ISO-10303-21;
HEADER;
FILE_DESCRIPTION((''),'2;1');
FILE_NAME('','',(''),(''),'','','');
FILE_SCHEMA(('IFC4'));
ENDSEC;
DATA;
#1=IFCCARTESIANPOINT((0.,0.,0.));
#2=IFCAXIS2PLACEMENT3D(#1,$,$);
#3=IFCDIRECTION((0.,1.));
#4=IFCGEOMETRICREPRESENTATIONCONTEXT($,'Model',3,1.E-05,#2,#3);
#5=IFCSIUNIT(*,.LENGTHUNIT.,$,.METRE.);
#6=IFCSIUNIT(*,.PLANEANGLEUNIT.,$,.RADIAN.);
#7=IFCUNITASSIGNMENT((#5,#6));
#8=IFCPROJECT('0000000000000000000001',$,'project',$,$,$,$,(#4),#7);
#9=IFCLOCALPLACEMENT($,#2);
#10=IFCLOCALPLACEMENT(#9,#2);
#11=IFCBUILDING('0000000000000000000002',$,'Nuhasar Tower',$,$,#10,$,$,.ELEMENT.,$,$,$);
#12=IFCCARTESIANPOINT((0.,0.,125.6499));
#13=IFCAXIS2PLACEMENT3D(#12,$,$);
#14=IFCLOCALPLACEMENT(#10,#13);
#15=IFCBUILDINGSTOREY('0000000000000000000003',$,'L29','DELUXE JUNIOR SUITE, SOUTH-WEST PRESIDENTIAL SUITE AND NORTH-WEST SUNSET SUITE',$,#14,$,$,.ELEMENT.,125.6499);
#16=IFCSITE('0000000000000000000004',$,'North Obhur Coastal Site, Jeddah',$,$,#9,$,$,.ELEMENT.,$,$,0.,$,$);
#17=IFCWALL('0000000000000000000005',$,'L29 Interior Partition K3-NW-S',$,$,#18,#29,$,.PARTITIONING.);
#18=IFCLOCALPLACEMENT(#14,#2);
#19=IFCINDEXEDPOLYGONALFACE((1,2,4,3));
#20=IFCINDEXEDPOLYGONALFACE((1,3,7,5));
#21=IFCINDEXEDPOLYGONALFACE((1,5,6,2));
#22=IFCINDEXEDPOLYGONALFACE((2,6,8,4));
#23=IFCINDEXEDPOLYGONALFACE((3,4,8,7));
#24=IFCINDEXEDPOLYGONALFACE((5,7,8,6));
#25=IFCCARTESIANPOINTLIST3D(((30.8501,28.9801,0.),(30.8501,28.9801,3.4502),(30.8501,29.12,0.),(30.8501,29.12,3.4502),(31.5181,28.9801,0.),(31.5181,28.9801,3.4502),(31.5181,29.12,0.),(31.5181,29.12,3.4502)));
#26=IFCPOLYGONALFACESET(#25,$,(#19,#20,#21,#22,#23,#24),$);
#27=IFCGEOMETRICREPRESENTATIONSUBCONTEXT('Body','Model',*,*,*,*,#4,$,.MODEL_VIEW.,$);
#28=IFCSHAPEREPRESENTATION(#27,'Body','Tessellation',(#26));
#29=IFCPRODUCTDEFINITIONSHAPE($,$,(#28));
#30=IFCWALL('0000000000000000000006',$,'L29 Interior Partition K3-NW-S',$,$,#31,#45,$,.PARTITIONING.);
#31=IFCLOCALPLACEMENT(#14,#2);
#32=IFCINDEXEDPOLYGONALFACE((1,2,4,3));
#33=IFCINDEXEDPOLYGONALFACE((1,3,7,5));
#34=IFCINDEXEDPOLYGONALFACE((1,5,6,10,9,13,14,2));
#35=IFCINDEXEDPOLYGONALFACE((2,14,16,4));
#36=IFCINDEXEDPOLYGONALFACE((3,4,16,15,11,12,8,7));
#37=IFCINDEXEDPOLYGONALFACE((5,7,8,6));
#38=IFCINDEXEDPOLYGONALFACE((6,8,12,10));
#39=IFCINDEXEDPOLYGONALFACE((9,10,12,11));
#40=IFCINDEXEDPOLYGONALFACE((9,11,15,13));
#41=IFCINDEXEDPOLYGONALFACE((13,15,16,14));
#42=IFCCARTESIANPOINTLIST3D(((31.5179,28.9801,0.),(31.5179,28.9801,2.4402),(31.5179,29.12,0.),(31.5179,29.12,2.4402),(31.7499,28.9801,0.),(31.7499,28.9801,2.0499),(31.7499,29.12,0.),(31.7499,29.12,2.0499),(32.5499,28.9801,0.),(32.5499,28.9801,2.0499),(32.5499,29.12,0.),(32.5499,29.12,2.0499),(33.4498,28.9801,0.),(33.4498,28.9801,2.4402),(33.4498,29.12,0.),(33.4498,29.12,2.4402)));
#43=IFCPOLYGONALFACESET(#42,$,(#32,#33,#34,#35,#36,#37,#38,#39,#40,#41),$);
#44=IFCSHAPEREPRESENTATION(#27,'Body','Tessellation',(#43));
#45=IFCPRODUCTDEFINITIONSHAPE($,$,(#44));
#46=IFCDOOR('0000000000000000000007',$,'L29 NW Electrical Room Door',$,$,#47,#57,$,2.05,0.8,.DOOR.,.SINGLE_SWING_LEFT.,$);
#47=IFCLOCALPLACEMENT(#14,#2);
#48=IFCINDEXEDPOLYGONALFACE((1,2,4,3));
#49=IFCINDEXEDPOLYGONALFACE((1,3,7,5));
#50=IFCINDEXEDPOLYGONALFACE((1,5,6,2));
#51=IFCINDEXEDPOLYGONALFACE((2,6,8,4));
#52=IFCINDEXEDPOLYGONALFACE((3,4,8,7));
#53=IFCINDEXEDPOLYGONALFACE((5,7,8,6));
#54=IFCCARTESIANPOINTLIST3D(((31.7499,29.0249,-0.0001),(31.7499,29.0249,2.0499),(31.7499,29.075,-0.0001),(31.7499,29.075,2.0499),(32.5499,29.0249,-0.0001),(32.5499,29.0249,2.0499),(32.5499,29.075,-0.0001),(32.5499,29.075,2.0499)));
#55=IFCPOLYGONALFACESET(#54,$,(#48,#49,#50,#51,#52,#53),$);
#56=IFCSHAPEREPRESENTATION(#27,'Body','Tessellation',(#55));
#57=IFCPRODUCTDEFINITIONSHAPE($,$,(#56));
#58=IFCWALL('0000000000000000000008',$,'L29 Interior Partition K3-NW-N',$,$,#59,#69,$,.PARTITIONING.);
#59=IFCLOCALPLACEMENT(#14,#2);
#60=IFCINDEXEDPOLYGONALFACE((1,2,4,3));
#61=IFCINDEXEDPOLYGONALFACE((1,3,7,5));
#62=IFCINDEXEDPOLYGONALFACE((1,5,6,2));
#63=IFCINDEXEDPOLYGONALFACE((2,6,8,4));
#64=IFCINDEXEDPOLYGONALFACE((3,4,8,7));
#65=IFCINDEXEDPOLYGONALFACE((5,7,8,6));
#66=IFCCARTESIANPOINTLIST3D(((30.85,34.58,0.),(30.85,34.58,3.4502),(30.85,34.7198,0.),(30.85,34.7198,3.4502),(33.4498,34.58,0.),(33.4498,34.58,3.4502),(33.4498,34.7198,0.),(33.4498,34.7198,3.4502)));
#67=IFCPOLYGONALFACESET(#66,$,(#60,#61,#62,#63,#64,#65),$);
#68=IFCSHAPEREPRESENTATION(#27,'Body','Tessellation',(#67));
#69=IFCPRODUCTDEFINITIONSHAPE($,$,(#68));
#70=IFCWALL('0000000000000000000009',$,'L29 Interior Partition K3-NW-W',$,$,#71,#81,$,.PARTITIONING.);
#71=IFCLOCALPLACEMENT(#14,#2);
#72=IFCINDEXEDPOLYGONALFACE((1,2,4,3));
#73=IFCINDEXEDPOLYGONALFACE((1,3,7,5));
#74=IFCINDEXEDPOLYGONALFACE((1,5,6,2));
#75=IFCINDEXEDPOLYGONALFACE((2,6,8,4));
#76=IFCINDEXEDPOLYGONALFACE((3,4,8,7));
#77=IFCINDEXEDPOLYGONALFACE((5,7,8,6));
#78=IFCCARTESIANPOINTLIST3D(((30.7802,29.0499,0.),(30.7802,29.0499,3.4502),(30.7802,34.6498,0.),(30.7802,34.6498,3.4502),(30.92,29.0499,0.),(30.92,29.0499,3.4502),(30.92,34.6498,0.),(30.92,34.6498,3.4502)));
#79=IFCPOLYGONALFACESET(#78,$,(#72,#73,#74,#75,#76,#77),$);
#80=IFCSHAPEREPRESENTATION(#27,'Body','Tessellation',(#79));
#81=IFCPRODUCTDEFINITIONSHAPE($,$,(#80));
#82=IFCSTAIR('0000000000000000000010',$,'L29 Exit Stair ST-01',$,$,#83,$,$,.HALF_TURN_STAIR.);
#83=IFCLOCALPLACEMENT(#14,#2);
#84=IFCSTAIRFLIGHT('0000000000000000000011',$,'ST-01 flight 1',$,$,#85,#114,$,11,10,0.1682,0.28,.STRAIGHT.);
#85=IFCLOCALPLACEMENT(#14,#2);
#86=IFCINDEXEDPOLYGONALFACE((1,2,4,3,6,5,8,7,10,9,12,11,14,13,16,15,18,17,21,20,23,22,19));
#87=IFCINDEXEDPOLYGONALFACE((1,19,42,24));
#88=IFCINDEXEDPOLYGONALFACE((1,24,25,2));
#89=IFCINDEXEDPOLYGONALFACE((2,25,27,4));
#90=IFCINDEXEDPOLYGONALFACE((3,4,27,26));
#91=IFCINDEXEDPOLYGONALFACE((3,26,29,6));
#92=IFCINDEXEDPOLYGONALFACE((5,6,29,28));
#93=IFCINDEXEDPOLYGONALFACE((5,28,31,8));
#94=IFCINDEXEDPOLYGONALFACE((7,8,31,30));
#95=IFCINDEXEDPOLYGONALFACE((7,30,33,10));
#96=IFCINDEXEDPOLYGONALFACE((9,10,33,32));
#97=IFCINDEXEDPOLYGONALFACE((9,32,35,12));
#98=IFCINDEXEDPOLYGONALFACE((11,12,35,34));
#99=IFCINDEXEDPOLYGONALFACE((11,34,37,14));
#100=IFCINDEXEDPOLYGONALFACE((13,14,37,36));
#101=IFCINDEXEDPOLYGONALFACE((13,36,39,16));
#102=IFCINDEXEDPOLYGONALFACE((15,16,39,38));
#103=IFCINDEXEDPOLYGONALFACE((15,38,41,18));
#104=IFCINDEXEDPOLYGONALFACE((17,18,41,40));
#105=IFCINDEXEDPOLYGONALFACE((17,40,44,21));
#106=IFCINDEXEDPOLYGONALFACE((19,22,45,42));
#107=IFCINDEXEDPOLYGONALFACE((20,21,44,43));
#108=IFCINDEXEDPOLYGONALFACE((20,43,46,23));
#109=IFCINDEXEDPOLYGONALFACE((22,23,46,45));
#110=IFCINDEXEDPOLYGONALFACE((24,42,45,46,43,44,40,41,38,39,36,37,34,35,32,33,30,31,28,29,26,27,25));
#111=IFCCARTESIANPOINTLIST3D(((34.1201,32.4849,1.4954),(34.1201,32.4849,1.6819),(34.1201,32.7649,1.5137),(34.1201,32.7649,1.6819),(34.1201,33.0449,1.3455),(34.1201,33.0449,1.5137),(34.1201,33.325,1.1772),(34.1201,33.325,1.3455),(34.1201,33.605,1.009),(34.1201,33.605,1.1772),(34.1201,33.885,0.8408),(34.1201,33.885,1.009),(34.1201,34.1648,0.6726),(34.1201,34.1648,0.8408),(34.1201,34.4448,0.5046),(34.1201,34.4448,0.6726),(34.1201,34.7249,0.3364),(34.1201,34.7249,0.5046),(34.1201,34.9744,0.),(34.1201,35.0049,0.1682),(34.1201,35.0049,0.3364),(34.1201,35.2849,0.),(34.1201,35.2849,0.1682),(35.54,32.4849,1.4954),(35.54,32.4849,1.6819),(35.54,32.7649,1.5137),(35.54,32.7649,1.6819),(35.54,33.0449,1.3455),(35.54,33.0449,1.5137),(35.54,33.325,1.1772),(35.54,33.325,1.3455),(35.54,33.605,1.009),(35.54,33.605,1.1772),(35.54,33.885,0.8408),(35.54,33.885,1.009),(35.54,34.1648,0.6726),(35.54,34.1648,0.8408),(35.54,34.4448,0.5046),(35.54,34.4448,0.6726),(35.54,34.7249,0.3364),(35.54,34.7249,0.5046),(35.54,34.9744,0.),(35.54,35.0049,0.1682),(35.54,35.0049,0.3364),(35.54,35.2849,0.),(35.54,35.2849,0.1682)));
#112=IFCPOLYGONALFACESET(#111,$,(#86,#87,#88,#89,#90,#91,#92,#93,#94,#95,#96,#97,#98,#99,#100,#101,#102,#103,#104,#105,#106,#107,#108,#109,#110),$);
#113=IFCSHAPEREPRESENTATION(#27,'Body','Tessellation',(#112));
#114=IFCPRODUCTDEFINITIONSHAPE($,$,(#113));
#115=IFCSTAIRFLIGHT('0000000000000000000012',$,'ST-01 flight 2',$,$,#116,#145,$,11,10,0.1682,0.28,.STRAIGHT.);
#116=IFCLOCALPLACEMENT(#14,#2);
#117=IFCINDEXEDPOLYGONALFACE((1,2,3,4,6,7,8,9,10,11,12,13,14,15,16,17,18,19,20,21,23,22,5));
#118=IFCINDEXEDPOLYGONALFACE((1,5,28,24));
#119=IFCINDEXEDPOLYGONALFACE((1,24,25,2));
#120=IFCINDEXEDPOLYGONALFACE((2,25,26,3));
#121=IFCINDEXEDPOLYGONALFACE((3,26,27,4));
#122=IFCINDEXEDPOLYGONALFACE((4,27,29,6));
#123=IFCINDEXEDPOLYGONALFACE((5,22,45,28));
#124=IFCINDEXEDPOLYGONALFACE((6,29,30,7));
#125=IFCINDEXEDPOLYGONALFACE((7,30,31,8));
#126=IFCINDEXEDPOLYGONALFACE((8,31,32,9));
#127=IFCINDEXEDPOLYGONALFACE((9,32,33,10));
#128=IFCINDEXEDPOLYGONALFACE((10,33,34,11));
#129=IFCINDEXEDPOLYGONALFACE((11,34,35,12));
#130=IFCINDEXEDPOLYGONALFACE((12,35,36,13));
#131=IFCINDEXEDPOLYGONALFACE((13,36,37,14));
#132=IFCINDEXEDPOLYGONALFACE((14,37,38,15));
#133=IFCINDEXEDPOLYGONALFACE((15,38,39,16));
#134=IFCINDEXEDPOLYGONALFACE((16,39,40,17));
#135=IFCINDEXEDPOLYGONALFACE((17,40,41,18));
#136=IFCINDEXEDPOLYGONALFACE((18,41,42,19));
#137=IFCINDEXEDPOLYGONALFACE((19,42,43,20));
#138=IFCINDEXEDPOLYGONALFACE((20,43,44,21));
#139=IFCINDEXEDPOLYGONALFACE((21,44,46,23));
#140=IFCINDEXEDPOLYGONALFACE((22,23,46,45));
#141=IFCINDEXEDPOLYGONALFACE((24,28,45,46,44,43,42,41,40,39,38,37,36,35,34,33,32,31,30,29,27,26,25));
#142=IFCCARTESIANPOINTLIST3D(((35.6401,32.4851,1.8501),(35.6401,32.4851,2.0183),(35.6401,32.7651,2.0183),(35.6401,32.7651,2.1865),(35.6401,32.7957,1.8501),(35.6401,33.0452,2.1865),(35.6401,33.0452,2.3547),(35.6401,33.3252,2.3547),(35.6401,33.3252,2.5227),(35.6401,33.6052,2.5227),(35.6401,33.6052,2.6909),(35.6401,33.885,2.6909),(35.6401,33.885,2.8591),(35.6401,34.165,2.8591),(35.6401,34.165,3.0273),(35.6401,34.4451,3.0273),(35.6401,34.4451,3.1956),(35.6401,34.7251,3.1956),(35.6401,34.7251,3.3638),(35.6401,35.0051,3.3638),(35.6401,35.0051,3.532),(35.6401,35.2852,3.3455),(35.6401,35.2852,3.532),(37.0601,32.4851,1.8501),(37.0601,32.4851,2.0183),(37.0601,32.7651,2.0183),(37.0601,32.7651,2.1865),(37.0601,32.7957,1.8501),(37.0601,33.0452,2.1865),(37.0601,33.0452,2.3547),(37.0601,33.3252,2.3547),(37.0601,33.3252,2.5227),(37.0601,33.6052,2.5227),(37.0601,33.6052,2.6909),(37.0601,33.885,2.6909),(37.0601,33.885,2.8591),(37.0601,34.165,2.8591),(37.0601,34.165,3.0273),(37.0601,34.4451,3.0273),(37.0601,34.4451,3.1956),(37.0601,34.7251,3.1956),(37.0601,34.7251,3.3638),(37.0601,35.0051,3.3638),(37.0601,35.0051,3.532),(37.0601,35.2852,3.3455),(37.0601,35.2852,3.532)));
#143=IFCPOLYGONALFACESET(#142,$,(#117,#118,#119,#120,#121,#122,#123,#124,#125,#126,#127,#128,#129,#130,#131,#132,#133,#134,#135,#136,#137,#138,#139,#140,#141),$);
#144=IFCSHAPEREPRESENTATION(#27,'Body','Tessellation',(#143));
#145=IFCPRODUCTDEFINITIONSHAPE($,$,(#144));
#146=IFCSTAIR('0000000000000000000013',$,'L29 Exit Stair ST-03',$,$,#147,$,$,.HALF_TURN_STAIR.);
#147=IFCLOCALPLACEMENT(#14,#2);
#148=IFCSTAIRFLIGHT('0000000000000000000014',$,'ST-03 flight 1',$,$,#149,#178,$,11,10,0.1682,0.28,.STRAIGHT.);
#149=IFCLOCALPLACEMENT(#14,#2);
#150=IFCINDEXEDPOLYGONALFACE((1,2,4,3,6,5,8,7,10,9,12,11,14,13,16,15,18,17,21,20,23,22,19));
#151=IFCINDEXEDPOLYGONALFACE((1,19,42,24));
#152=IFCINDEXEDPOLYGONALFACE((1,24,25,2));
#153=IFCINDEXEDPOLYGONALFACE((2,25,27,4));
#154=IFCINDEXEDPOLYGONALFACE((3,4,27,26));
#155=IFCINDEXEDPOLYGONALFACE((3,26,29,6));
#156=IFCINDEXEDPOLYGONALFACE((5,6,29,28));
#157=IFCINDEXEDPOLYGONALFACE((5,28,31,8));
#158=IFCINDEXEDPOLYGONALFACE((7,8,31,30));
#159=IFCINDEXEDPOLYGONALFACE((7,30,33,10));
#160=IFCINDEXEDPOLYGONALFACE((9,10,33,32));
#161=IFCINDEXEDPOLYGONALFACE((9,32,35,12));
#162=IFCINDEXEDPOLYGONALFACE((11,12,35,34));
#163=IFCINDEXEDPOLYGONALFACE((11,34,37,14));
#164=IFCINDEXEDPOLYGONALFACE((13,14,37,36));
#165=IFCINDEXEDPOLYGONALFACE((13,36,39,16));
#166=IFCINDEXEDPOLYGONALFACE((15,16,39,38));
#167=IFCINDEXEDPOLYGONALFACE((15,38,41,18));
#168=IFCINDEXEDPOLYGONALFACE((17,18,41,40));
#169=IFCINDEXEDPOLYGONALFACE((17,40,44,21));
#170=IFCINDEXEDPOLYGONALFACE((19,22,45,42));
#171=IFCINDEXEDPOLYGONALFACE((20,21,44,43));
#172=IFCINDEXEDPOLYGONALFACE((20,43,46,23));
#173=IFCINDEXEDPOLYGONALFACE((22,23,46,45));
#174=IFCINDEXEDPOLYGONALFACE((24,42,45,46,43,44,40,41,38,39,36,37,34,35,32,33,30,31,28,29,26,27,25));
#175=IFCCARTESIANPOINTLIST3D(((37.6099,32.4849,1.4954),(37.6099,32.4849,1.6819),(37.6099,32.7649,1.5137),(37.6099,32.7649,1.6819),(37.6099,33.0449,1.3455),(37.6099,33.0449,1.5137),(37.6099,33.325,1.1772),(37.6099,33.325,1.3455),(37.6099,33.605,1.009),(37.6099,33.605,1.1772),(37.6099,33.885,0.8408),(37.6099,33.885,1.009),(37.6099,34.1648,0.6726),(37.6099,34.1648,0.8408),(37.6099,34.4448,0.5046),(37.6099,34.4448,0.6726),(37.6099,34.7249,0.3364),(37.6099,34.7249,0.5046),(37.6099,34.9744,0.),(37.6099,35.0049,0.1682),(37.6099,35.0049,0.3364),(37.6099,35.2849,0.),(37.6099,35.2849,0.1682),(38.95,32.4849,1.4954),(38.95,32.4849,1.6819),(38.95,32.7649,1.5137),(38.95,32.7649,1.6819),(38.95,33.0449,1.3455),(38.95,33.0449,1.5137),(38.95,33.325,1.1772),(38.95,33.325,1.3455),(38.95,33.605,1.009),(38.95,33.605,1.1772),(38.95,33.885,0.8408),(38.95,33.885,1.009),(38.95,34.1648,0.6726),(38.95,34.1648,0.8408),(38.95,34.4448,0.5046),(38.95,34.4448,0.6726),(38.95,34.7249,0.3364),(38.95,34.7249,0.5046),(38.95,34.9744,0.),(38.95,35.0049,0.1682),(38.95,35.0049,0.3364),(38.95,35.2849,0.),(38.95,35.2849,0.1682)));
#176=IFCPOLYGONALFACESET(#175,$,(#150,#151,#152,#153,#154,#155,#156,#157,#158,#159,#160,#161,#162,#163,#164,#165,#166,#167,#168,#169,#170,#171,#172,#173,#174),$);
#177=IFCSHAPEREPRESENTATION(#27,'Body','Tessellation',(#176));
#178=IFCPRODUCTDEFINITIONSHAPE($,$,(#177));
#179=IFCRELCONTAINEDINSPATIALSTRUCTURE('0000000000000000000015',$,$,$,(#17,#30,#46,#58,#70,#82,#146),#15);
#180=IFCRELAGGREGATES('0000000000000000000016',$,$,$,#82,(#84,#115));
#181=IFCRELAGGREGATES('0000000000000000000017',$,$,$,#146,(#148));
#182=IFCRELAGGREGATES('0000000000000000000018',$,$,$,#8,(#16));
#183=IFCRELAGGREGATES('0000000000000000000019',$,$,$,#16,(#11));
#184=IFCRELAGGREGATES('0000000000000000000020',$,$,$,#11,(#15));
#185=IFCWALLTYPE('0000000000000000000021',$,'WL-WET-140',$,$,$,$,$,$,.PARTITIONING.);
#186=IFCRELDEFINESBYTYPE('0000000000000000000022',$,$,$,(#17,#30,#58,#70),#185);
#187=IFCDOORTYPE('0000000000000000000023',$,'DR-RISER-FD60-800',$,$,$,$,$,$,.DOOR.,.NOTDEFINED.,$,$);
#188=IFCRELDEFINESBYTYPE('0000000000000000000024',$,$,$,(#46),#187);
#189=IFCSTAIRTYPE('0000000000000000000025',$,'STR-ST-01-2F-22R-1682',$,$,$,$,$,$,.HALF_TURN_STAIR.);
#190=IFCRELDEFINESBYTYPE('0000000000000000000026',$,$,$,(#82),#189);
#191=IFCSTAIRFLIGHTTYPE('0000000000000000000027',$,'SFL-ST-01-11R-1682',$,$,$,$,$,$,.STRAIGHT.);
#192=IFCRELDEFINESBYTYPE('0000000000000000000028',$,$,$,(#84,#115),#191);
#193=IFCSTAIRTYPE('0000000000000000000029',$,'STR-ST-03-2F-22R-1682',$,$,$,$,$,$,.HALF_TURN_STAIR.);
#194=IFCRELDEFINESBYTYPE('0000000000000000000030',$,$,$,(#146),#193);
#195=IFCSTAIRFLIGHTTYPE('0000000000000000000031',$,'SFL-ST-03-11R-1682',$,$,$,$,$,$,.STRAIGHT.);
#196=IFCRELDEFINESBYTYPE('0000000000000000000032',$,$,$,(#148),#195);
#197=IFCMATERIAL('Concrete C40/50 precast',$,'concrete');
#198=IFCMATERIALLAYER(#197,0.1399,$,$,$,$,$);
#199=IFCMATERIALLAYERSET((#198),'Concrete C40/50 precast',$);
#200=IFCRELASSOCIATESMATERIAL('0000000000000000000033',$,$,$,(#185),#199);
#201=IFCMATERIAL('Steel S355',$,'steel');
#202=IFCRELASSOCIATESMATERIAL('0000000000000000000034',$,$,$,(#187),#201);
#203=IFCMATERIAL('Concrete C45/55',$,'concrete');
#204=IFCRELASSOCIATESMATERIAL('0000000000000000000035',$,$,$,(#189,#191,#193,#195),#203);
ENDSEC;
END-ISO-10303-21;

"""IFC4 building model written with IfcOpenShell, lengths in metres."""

from ifc_helpers import new_model, si_unit, direction, frame, frame_2d, origin, place, context, subcontext, project, spatial, polyline, rectangle, outline, extrude, material, layer, layer_set, type_object, element, fill, aggregate, save


model = new_model("IFC4")

# Units and contexts
model_context = context("Model", 3, precision=1e-05, world=origin(), true_north=direction((0.0, 1.0)))
body_context = subcontext(model_context, "Body", "Model", "MODEL_VIEW")
ifc_project = project(units=[si_unit("LENGTHUNIT", "METRE"), si_unit("PLANEANGLEUNIT", "RADIAN")], contexts=[model_context])

# Site, building, storey
site_placement = place(None, origin())
site = spatial("IfcSite", under=ifc_project, at=site_placement, Name="North Obhur Coastal Site, Jeddah", CompositionType="ELEMENT", RefElevation=0.0)
building_placement = place(site_placement, origin())
building = spatial("IfcBuilding", under=site, at=building_placement, Name="Nuhasar Tower", CompositionType="ELEMENT")
storey_placement = place(building_placement, frame((0.0, 0.0, 125.6499)))
storey = spatial("IfcBuildingStorey", under=building, at=storey_placement, Name="L29", Description="DELUXE JUNIOR SUITE, SOUTH-WEST PRESIDENTIAL SUITE AND NORTH-WEST SUNSET SUITE", CompositionType="ELEMENT", Elevation=125.6499)

# Shared definitions
ifc_material_1 = material(Name="Steel S355", Category="steel")

# Shared definitions
ifc_material_2 = material(Name="Concrete C40/50 precast", Category="concrete")
ifc_layer_1 = layer(ifc_material_2, 0.1399)
ifc_layer_set_1 = layer_set([ifc_layer_1], Name="Concrete C40/50 precast")
wall_type_1 = type_object("IfcWallType", Name="WL-WET-140", PredefinedType="PARTITIONING", material=ifc_layer_set_1)

# Wall
wall_1_placement = place(storey_placement, frame((30.8501, 29.05, 0.0), z_axis=(0.0, 0.0, 1.0), x_axis=(1.0, 0.0, 0.0)))
element("IfcWall", 1, at=wall_1_placement, inside=storey, type_object=wall_type_1, Name="L29 Interior Partition K3-NW-S", PredefinedType="PARTITIONING", context=body_context, shape_type="SweptSolid", body=[
    extrude(rectangle(XDim=0.668, YDim=0.1399, at=frame_2d((0.334, 0.0))), origin(), (0.0, 0.0, 1.0), 3.4502),
])

# Wall, opening, door
wall_2_placement = place(storey_placement, frame((31.5181, 29.05, 0.0), z_axis=(0.0, 0.0, 1.0), x_axis=(1.0, 0.0, 0.0)))
wall_2 = element("IfcWall", 2, at=wall_2_placement, inside=storey, type_object=wall_type_1, Name="L29 Interior Partition K3-NW-S", PredefinedType="PARTITIONING", context=body_context, shape_type="SweptSolid", body=[
    extrude(rectangle(XDim=1.9319, YDim=0.1399, at=frame_2d((0.9658, 0.0))), origin(), (0.0, 0.0, 1.0), 2.4402),
])
opening_1_placement = place(wall_2_placement, frame((0.2319, 0.0, 0.0)))
opening_1 = element("IfcOpeningElement", 3, at=opening_1_placement, cuts=wall_2, PredefinedType="OPENING", context=body_context, shape_type="SweptSolid", body=[
    extrude(rectangle(XDim=0.8, YDim=2.05, at=frame_2d((0.3999, 1.0249))), frame((0.0, 0.0801, 0.0), z_axis=(0.0, -1.0, 0.0), x_axis=(1.0, 0.0, 0.0)), (0.0, 0.0, 1.0), 0.1599),
])
door_type_1 = type_object("IfcDoorType", Name="DR-RISER-FD60-800", OperationType="NOTDEFINED", PredefinedType="DOOR", material=ifc_material_1)
door_1_placement = place(opening_1_placement, origin())
door_1 = element("IfcDoor", 4, at=door_1_placement, inside=storey, type_object=door_type_1, Name="L29 NW Electrical Room Door", OperationType="SINGLE_SWING_LEFT", OverallHeight=2.05, OverallWidth=0.8, PredefinedType="DOOR", context=body_context, shape_type="SweptSolid", body=[
    extrude(rectangle(XDim=0.8, YDim=2.05, at=frame_2d((0.3999, 1.0249))), frame((0.0, 0.0249, 0.0), z_axis=(0.0, -1.0, 0.0), x_axis=(1.0, 0.0, 0.0)), (0.0, 0.0, 1.0), 0.05),
])
fill(opening_1, door_1)

# Walls
wall_3_placement = place(storey_placement, frame((30.8501, 34.6499, 0.0), z_axis=(0.0, 0.0, 1.0), x_axis=(1.0, 0.0, 0.0)))
element("IfcWall", 5, at=wall_3_placement, inside=storey, type_object=wall_type_1, Name="L29 Interior Partition K3-NW-N", PredefinedType="PARTITIONING", context=body_context, shape_type="SweptSolid", body=[
    extrude(rectangle(XDim=2.5999, YDim=0.1399, at=frame_2d((1.2998, 0.0))), origin(), (0.0, 0.0, 1.0), 3.4502),
])
wall_4_placement = place(storey_placement, frame((30.8501, 29.05, 0.0), z_axis=(0.0, 0.0, 1.0), x_axis=(0.0, 1.0, 0.0)))
element("IfcWall", 6, at=wall_4_placement, inside=storey, type_object=wall_type_1, Name="L29 Interior Partition K3-NW-W", PredefinedType="PARTITIONING", context=body_context, shape_type="SweptSolid", body=[
    extrude(rectangle(XDim=5.5999, YDim=0.1399, at=frame_2d((2.7998, 0.0))), origin(), (0.0, 0.0, 1.0), 3.4502),
])

# Stair, stair flights
ifc_material_3 = material(Name="Concrete C45/55", Category="concrete")
stair_type_1 = type_object("IfcStairType", Name="STR-ST-01-2F-22R-1682", PredefinedType="HALF_TURN_STAIR", material=ifc_material_3)
stair_1_placement = place(storey_placement, origin())
stair_1 = element("IfcStair", 7, at=stair_1_placement, inside=storey, type_object=stair_type_1, Name="L29 Exit Stair ST-01", PredefinedType="HALF_TURN_STAIR")
stair_flight_type_1 = type_object("IfcStairFlightType", Name="SFL-ST-01-11R-1682", PredefinedType="STRAIGHT", material=ifc_material_3)
stair_flight_1_placement = place(storey_placement, frame((34.8301, 35.2849, 0.0), z_axis=(0.0, 0.0, 1.0), x_axis=(0.0, -1.0, 0.0)))
stair_flight_1 = element("IfcStairFlight", 8, at=stair_flight_1_placement, type_object=stair_flight_type_1, Name="ST-01 flight 1", NumberOfRisers=11, NumberOfTreads=10, PredefinedType="STRAIGHT", RiserHeight=0.1682, TreadLength=0.28, context=body_context, shape_type="SweptSolid", body=[
    extrude(outline(polyline([(0.0, 0.0), (0.0, 0.1682), (0.28, 0.1682), (0.28, 0.3364), (0.5601, 0.3364), (0.5601, 0.5046), (0.8401, 0.5046), (0.8401, 0.6726), (1.1201, 0.6726), (1.1201, 0.8408), (1.3999, 0.8408), (1.3999, 1.009), (1.6799, 1.009), (1.6799, 1.1772), (1.96, 1.1772), (1.96, 1.3455), (2.24, 1.3455), (2.24, 1.5137), (2.52, 1.5137), (2.52, 1.6819), (2.8, 1.6819), (2.8, 1.8501), (2.8, 1.4954), (0.3105, 0.0), (0.0, 0.0)])), frame((0.0, 0.71, 0.0), z_axis=(0.0, -1.0, 0.0), x_axis=(1.0, 0.0, 0.0)), (0.0, 0.0, 1.0), 1.4199),
])
stair_flight_2_placement = place(storey_placement, frame((36.3501, 32.4851, 1.8501), z_axis=(0.0, 0.0, 1.0), x_axis=(0.0, 1.0, 0.0)))
stair_flight_2 = element("IfcStairFlight", 9, at=stair_flight_2_placement, type_object=stair_flight_type_1, Name="ST-01 flight 2", NumberOfRisers=11, NumberOfTreads=10, PredefinedType="STRAIGHT", RiserHeight=0.1682, TreadLength=0.28, context=body_context, shape_type="SweptSolid", body=[
    extrude(outline(polyline([(0.0, 0.0), (0.0, 0.1682), (0.28, 0.1682), (0.28, 0.3364), (0.5601, 0.3364), (0.5601, 0.5046), (0.8401, 0.5046), (0.8401, 0.6726), (1.1201, 0.6726), (1.1201, 0.8408), (1.3999, 0.8408), (1.3999, 1.009), (1.6799, 1.009), (1.6799, 1.1772), (1.96, 1.1772), (1.96, 1.3455), (2.24, 1.3455), (2.24, 1.5137), (2.52, 1.5137), (2.52, 1.6819), (2.8, 1.6819), (2.8, 1.8501), (2.8, 1.4954), (0.3105, 0.0), (0.0, 0.0)])), frame((0.0, 0.71, 0.0), z_axis=(0.0, -1.0, 0.0), x_axis=(1.0, 0.0, 0.0)), (0.0, 0.0, 1.0), 1.4199),
])
aggregate(stair_1, [stair_flight_1, stair_flight_2])

# Stair, stair flight
stair_type_2 = type_object("IfcStairType", Name="STR-ST-03-2F-22R-1682", PredefinedType="HALF_TURN_STAIR", material=ifc_material_3)
stair_2_placement = place(storey_placement, origin())
stair_2 = element("IfcStair", 10, at=stair_2_placement, inside=storey, type_object=stair_type_2, Name="L29 Exit Stair ST-03", PredefinedType="HALF_TURN_STAIR")
stair_flight_type_2 = type_object("IfcStairFlightType", Name="SFL-ST-03-11R-1682", PredefinedType="STRAIGHT", material=ifc_material_3)
stair_flight_3_placement = place(storey_placement, frame((38.28, 35.2849, 0.0), z_axis=(0.0, 0.0, 1.0), x_axis=(0.0, -1.0, 0.0)))
stair_flight_3 = element("IfcStairFlight", 11, at=stair_flight_3_placement, type_object=stair_flight_type_2, Name="ST-03 flight 1", NumberOfRisers=11, NumberOfTreads=10, PredefinedType="STRAIGHT", RiserHeight=0.1682, TreadLength=0.28, context=body_context, shape_type="SweptSolid", body=[
    extrude(outline(polyline([(0.0, 0.0), (0.0, 0.1682), (0.28, 0.1682), (0.28, 0.3364), (0.5601, 0.3364), (0.5601, 0.5046), (0.8401, 0.5046), (0.8401, 0.6726), (1.1201, 0.6726), (1.1201, 0.8408), (1.3999, 0.8408), (1.3999, 1.009), (1.6799, 1.009), (1.6799, 1.1772), (1.96, 1.1772), (1.96, 1.3455), (2.24, 1.3455), (2.24, 1.5137), (2.52, 1.5137), (2.52, 1.6819), (2.8, 1.6819), (2.8, 1.8501), (2.8, 1.4954), (0.3105, 0.0), (0.0, 0.0)])), frame((0.0, 0.6699, 0.0), z_axis=(0.0, -1.0, 0.0), x_axis=(1.0, 0.0, 0.0)), (0.0, 0.0, 1.0), 1.3401),
])
aggregate(stair_2, [stair_flight_3])

save(model, "model.ifc")
